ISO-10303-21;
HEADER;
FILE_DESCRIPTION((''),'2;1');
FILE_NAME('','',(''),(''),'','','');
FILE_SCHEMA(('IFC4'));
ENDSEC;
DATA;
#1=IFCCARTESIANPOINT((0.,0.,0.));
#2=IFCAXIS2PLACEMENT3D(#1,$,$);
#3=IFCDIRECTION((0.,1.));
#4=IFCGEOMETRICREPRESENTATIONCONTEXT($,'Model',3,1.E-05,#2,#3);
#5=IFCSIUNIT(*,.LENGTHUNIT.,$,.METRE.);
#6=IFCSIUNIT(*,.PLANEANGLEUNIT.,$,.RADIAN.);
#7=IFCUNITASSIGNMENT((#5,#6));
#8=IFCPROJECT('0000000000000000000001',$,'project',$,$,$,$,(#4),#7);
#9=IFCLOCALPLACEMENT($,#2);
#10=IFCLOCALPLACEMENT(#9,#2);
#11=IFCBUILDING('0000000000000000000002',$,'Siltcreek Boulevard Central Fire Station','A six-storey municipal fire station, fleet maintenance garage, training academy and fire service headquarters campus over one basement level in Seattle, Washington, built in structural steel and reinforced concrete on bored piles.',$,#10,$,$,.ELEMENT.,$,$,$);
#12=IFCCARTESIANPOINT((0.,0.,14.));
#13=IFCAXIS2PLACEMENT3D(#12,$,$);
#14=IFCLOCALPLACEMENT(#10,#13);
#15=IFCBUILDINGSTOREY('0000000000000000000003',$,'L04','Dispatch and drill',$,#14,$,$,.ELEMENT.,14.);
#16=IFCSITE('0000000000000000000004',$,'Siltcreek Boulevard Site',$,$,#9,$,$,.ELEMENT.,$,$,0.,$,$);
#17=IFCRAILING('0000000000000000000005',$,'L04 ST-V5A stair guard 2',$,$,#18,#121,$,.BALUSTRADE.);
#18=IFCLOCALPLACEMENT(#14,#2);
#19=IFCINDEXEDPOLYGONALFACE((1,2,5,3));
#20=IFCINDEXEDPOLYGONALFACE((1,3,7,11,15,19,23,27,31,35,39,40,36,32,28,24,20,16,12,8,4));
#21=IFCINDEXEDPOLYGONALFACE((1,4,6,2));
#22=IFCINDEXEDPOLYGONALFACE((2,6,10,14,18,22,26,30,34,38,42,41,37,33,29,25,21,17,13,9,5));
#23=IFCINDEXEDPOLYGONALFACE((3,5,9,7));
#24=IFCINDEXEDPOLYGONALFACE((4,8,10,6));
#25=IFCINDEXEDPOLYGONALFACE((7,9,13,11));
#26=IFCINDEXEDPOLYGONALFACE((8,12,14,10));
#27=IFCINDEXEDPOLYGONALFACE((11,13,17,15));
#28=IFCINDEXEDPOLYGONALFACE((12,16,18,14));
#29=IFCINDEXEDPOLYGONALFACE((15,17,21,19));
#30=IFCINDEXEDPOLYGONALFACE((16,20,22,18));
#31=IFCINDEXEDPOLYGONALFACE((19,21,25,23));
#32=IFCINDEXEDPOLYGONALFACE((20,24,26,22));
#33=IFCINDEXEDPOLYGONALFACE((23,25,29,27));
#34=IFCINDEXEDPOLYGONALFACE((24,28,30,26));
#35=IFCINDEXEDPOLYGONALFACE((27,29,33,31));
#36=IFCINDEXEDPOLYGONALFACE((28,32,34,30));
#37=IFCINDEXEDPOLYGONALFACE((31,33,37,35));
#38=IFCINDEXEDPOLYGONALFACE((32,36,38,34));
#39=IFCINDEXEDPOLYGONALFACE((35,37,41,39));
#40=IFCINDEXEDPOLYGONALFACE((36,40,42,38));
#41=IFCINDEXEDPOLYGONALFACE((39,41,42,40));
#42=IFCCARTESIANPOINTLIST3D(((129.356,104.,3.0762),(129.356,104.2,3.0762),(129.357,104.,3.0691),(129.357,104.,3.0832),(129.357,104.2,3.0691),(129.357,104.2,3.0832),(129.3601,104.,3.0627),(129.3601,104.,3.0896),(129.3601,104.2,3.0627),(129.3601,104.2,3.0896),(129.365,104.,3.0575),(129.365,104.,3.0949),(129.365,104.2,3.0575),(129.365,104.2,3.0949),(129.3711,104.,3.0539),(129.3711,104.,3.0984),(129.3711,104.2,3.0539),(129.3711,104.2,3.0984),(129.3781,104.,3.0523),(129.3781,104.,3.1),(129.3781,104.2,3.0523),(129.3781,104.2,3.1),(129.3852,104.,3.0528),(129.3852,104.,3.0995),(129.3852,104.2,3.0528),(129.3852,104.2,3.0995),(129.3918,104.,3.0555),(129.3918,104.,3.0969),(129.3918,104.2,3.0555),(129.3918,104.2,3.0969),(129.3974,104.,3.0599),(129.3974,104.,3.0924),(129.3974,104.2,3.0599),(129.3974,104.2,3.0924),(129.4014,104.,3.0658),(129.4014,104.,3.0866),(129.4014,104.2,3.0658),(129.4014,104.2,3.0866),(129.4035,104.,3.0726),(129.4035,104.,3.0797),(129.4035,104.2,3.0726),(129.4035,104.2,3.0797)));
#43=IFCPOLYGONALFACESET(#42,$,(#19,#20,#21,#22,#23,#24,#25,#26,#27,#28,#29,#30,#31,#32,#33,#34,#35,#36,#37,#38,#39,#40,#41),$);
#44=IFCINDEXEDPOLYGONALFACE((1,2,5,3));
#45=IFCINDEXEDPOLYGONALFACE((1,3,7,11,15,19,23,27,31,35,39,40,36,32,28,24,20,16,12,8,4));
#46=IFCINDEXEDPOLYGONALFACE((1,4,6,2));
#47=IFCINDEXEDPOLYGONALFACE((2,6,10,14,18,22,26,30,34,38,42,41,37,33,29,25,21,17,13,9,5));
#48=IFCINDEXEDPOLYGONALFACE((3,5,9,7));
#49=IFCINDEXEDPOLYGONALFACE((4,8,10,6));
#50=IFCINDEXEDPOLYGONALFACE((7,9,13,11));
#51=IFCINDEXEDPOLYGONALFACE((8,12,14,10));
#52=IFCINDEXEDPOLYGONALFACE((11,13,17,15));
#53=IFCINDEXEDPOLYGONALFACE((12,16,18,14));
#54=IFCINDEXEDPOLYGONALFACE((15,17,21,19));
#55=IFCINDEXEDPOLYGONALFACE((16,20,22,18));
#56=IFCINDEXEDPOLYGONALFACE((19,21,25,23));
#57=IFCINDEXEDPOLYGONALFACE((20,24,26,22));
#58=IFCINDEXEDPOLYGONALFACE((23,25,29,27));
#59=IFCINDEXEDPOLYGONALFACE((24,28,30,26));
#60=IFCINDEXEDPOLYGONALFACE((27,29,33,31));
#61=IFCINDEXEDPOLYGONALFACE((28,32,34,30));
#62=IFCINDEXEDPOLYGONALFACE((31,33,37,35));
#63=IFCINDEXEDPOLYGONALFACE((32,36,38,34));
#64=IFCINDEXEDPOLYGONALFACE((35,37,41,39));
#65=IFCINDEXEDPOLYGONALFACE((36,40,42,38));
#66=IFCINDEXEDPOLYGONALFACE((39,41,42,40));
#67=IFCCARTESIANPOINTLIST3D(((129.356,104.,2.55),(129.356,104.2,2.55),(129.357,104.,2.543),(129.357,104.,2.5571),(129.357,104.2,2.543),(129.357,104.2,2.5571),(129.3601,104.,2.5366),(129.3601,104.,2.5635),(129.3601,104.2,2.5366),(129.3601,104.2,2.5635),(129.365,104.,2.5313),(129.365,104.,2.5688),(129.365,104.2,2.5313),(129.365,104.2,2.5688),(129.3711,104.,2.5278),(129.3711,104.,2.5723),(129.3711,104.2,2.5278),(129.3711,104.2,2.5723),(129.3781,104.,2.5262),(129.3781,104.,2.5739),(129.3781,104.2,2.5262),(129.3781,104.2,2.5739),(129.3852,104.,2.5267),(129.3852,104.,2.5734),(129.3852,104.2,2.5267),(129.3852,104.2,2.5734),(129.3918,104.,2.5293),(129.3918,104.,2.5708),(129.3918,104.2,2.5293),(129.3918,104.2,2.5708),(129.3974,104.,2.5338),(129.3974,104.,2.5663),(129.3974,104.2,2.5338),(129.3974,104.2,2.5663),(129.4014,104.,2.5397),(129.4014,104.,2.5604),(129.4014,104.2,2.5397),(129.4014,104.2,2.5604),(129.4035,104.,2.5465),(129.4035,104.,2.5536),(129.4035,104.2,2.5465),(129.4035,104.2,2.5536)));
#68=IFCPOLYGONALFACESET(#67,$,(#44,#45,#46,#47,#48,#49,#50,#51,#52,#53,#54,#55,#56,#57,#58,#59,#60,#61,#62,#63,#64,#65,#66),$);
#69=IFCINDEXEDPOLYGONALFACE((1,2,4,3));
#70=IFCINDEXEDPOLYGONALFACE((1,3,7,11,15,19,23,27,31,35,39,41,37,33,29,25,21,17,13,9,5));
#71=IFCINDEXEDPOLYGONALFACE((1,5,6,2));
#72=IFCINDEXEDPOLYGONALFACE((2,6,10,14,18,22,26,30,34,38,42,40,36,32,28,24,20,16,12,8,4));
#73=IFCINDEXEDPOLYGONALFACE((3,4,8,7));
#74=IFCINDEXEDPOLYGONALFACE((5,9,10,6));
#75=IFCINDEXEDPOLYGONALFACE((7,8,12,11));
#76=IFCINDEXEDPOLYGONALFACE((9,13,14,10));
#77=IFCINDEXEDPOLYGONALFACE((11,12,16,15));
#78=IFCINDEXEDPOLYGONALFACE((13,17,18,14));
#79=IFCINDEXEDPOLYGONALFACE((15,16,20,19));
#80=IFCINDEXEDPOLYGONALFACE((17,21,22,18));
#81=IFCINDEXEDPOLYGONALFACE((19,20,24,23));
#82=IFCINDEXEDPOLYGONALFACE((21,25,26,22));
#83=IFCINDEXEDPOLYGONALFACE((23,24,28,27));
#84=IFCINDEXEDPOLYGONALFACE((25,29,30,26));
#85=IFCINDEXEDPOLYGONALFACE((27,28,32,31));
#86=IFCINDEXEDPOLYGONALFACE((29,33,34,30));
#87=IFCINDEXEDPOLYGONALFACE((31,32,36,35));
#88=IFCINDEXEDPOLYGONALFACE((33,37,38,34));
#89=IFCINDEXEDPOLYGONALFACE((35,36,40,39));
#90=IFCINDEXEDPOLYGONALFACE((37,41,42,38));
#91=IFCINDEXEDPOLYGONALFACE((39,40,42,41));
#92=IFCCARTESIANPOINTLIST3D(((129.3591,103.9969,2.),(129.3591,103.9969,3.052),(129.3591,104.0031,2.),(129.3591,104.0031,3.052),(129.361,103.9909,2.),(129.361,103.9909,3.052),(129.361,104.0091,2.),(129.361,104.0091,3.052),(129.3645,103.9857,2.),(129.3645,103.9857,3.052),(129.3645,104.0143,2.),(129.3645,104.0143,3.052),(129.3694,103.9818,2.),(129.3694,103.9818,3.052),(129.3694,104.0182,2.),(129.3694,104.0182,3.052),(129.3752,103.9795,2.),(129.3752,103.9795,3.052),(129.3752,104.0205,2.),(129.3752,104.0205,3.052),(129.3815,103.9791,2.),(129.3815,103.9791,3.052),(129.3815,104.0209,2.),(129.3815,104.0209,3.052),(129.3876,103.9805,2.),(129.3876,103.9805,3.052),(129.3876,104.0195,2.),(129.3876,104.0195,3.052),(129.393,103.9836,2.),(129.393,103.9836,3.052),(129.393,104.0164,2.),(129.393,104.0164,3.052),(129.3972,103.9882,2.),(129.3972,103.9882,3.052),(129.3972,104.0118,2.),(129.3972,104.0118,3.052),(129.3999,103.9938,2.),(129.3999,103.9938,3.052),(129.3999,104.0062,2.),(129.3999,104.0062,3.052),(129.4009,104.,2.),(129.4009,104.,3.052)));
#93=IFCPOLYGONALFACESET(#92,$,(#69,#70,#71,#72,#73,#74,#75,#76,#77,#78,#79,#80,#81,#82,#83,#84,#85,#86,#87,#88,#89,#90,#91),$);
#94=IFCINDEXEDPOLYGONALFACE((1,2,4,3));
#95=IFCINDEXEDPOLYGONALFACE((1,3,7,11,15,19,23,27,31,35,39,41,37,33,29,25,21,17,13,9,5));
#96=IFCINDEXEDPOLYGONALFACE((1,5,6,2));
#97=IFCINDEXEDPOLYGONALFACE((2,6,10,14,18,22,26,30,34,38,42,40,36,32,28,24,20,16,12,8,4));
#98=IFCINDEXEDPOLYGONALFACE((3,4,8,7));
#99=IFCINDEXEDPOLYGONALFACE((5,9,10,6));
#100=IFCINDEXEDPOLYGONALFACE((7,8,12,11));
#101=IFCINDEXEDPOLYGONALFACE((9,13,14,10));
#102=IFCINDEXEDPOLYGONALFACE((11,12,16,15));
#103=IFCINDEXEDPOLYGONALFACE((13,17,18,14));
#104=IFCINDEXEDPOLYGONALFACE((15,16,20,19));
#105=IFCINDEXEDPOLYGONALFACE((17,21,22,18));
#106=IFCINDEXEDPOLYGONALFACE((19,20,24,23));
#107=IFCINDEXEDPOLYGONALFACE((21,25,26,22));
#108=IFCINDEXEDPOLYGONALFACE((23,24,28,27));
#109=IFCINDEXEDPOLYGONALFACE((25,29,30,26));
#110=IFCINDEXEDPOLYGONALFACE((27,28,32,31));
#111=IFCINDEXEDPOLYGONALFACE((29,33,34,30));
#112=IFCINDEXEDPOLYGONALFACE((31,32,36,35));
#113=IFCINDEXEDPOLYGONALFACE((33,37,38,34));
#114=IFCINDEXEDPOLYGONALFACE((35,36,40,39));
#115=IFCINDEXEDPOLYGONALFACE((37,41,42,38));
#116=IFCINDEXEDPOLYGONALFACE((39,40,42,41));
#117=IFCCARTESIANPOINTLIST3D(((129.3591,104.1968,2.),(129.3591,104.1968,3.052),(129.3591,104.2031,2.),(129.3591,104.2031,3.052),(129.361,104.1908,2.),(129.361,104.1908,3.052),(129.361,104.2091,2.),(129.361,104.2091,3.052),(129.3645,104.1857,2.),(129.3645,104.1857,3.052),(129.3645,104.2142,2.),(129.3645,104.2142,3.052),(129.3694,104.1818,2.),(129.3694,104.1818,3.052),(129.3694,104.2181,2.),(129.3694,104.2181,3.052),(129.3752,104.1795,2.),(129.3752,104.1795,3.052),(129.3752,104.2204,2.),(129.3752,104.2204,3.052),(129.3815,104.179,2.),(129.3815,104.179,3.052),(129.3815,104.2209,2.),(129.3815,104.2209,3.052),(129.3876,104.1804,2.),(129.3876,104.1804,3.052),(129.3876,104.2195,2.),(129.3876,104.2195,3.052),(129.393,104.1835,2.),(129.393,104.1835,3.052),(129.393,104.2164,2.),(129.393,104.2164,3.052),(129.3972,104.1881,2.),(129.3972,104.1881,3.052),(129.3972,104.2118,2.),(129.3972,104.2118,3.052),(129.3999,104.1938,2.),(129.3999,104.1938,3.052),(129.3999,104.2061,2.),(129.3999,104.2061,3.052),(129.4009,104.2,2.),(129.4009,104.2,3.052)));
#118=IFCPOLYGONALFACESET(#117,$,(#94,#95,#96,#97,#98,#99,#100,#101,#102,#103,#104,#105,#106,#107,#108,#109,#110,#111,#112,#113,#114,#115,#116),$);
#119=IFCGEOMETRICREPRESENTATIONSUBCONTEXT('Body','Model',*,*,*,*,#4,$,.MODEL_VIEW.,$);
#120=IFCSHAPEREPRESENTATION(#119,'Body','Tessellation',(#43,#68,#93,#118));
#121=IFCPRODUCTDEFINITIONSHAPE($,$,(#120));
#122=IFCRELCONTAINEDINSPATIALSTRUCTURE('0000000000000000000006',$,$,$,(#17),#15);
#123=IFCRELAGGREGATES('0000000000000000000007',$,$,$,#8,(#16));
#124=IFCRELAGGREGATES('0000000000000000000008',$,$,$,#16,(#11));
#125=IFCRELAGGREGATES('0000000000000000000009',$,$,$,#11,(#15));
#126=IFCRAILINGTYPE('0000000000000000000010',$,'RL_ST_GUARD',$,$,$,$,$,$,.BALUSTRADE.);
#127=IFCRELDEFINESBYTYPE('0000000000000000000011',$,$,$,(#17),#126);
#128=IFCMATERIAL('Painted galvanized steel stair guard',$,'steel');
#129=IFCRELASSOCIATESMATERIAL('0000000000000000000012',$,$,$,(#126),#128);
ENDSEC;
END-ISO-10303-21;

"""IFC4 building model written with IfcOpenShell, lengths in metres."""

from ifc_helpers import new_model, si_unit, direction, frame, origin, origin_2d, place, context, subcontext, project, spatial, circle, extrude, material, type_object, element, save


model = new_model("IFC4")

# Units and contexts
model_context = context("Model", 3, precision=1e-05, world=origin(), true_north=direction((0.0, 1.0)))
body_context = subcontext(model_context, "Body", "Model", "MODEL_VIEW")
ifc_project = project(units=[si_unit("LENGTHUNIT", "METRE"), si_unit("PLANEANGLEUNIT", "RADIAN")], contexts=[model_context])

# Site, building, storey
site_placement = place(None, origin())
site = spatial("IfcSite", under=ifc_project, at=site_placement, Name="Siltcreek Boulevard Site", CompositionType="ELEMENT", RefElevation=0.0)
building_placement = place(site_placement, origin())
building = spatial("IfcBuilding", under=site, at=building_placement, Name="Siltcreek Boulevard Central Fire Station", Description="A six-storey municipal fire station, fleet maintenance garage, training academy and fire service headquarters campus over one basement level in Seattle, Washington, built in structural steel and reinforced concrete on bored piles.", CompositionType="ELEMENT")
storey_placement = place(building_placement, frame((0.0, 0.0, 14.0)))
storey = spatial("IfcBuildingStorey", under=building, at=storey_placement, Name="L04", Description="Dispatch and drill", CompositionType="ELEMENT", Elevation=14.0)

# Railing
ifc_material_1 = material(Name="Painted galvanized steel stair guard", Category="steel")
railing_type_1 = type_object("IfcRailingType", Name="RL_ST_GUARD", PredefinedType="BALUSTRADE", material=ifc_material_1)
railing_1_placement = place(storey_placement, frame((129.3799, 104.0, 2.0)))
element("IfcRailing", 1, at=railing_1_placement, inside=storey, type_object=railing_type_1, Name="L04 ST-V5A stair guard 2", PredefinedType="BALUSTRADE", context=body_context, shape_type="SweptSolid", body=[
    extrude(circle(Radius=0.0239, at=origin_2d()), frame((0.0, 0.0, 1.0762), z_axis=(0.0, 1.0, 0.0), x_axis=(-1.0, 0.0, 0.0)), (0.0, 0.0, 1.0), 0.2),
    extrude(circle(Radius=0.0239, at=origin_2d()), frame((0.0, 0.0, 0.55), z_axis=(0.0, 1.0, 0.0), x_axis=(-1.0, 0.0, 0.0)), (0.0, 0.0, 1.0), 0.2),
    extrude(circle(Radius=0.021, at=origin_2d()), origin(), (0.0, 0.0, 1.0), 1.052),
    extrude(circle(Radius=0.021, at=origin_2d()), frame((0.0, 0.2, 0.0)), (0.0, 0.0, 1.0), 1.052),
])

save(model, "model.ifc")
